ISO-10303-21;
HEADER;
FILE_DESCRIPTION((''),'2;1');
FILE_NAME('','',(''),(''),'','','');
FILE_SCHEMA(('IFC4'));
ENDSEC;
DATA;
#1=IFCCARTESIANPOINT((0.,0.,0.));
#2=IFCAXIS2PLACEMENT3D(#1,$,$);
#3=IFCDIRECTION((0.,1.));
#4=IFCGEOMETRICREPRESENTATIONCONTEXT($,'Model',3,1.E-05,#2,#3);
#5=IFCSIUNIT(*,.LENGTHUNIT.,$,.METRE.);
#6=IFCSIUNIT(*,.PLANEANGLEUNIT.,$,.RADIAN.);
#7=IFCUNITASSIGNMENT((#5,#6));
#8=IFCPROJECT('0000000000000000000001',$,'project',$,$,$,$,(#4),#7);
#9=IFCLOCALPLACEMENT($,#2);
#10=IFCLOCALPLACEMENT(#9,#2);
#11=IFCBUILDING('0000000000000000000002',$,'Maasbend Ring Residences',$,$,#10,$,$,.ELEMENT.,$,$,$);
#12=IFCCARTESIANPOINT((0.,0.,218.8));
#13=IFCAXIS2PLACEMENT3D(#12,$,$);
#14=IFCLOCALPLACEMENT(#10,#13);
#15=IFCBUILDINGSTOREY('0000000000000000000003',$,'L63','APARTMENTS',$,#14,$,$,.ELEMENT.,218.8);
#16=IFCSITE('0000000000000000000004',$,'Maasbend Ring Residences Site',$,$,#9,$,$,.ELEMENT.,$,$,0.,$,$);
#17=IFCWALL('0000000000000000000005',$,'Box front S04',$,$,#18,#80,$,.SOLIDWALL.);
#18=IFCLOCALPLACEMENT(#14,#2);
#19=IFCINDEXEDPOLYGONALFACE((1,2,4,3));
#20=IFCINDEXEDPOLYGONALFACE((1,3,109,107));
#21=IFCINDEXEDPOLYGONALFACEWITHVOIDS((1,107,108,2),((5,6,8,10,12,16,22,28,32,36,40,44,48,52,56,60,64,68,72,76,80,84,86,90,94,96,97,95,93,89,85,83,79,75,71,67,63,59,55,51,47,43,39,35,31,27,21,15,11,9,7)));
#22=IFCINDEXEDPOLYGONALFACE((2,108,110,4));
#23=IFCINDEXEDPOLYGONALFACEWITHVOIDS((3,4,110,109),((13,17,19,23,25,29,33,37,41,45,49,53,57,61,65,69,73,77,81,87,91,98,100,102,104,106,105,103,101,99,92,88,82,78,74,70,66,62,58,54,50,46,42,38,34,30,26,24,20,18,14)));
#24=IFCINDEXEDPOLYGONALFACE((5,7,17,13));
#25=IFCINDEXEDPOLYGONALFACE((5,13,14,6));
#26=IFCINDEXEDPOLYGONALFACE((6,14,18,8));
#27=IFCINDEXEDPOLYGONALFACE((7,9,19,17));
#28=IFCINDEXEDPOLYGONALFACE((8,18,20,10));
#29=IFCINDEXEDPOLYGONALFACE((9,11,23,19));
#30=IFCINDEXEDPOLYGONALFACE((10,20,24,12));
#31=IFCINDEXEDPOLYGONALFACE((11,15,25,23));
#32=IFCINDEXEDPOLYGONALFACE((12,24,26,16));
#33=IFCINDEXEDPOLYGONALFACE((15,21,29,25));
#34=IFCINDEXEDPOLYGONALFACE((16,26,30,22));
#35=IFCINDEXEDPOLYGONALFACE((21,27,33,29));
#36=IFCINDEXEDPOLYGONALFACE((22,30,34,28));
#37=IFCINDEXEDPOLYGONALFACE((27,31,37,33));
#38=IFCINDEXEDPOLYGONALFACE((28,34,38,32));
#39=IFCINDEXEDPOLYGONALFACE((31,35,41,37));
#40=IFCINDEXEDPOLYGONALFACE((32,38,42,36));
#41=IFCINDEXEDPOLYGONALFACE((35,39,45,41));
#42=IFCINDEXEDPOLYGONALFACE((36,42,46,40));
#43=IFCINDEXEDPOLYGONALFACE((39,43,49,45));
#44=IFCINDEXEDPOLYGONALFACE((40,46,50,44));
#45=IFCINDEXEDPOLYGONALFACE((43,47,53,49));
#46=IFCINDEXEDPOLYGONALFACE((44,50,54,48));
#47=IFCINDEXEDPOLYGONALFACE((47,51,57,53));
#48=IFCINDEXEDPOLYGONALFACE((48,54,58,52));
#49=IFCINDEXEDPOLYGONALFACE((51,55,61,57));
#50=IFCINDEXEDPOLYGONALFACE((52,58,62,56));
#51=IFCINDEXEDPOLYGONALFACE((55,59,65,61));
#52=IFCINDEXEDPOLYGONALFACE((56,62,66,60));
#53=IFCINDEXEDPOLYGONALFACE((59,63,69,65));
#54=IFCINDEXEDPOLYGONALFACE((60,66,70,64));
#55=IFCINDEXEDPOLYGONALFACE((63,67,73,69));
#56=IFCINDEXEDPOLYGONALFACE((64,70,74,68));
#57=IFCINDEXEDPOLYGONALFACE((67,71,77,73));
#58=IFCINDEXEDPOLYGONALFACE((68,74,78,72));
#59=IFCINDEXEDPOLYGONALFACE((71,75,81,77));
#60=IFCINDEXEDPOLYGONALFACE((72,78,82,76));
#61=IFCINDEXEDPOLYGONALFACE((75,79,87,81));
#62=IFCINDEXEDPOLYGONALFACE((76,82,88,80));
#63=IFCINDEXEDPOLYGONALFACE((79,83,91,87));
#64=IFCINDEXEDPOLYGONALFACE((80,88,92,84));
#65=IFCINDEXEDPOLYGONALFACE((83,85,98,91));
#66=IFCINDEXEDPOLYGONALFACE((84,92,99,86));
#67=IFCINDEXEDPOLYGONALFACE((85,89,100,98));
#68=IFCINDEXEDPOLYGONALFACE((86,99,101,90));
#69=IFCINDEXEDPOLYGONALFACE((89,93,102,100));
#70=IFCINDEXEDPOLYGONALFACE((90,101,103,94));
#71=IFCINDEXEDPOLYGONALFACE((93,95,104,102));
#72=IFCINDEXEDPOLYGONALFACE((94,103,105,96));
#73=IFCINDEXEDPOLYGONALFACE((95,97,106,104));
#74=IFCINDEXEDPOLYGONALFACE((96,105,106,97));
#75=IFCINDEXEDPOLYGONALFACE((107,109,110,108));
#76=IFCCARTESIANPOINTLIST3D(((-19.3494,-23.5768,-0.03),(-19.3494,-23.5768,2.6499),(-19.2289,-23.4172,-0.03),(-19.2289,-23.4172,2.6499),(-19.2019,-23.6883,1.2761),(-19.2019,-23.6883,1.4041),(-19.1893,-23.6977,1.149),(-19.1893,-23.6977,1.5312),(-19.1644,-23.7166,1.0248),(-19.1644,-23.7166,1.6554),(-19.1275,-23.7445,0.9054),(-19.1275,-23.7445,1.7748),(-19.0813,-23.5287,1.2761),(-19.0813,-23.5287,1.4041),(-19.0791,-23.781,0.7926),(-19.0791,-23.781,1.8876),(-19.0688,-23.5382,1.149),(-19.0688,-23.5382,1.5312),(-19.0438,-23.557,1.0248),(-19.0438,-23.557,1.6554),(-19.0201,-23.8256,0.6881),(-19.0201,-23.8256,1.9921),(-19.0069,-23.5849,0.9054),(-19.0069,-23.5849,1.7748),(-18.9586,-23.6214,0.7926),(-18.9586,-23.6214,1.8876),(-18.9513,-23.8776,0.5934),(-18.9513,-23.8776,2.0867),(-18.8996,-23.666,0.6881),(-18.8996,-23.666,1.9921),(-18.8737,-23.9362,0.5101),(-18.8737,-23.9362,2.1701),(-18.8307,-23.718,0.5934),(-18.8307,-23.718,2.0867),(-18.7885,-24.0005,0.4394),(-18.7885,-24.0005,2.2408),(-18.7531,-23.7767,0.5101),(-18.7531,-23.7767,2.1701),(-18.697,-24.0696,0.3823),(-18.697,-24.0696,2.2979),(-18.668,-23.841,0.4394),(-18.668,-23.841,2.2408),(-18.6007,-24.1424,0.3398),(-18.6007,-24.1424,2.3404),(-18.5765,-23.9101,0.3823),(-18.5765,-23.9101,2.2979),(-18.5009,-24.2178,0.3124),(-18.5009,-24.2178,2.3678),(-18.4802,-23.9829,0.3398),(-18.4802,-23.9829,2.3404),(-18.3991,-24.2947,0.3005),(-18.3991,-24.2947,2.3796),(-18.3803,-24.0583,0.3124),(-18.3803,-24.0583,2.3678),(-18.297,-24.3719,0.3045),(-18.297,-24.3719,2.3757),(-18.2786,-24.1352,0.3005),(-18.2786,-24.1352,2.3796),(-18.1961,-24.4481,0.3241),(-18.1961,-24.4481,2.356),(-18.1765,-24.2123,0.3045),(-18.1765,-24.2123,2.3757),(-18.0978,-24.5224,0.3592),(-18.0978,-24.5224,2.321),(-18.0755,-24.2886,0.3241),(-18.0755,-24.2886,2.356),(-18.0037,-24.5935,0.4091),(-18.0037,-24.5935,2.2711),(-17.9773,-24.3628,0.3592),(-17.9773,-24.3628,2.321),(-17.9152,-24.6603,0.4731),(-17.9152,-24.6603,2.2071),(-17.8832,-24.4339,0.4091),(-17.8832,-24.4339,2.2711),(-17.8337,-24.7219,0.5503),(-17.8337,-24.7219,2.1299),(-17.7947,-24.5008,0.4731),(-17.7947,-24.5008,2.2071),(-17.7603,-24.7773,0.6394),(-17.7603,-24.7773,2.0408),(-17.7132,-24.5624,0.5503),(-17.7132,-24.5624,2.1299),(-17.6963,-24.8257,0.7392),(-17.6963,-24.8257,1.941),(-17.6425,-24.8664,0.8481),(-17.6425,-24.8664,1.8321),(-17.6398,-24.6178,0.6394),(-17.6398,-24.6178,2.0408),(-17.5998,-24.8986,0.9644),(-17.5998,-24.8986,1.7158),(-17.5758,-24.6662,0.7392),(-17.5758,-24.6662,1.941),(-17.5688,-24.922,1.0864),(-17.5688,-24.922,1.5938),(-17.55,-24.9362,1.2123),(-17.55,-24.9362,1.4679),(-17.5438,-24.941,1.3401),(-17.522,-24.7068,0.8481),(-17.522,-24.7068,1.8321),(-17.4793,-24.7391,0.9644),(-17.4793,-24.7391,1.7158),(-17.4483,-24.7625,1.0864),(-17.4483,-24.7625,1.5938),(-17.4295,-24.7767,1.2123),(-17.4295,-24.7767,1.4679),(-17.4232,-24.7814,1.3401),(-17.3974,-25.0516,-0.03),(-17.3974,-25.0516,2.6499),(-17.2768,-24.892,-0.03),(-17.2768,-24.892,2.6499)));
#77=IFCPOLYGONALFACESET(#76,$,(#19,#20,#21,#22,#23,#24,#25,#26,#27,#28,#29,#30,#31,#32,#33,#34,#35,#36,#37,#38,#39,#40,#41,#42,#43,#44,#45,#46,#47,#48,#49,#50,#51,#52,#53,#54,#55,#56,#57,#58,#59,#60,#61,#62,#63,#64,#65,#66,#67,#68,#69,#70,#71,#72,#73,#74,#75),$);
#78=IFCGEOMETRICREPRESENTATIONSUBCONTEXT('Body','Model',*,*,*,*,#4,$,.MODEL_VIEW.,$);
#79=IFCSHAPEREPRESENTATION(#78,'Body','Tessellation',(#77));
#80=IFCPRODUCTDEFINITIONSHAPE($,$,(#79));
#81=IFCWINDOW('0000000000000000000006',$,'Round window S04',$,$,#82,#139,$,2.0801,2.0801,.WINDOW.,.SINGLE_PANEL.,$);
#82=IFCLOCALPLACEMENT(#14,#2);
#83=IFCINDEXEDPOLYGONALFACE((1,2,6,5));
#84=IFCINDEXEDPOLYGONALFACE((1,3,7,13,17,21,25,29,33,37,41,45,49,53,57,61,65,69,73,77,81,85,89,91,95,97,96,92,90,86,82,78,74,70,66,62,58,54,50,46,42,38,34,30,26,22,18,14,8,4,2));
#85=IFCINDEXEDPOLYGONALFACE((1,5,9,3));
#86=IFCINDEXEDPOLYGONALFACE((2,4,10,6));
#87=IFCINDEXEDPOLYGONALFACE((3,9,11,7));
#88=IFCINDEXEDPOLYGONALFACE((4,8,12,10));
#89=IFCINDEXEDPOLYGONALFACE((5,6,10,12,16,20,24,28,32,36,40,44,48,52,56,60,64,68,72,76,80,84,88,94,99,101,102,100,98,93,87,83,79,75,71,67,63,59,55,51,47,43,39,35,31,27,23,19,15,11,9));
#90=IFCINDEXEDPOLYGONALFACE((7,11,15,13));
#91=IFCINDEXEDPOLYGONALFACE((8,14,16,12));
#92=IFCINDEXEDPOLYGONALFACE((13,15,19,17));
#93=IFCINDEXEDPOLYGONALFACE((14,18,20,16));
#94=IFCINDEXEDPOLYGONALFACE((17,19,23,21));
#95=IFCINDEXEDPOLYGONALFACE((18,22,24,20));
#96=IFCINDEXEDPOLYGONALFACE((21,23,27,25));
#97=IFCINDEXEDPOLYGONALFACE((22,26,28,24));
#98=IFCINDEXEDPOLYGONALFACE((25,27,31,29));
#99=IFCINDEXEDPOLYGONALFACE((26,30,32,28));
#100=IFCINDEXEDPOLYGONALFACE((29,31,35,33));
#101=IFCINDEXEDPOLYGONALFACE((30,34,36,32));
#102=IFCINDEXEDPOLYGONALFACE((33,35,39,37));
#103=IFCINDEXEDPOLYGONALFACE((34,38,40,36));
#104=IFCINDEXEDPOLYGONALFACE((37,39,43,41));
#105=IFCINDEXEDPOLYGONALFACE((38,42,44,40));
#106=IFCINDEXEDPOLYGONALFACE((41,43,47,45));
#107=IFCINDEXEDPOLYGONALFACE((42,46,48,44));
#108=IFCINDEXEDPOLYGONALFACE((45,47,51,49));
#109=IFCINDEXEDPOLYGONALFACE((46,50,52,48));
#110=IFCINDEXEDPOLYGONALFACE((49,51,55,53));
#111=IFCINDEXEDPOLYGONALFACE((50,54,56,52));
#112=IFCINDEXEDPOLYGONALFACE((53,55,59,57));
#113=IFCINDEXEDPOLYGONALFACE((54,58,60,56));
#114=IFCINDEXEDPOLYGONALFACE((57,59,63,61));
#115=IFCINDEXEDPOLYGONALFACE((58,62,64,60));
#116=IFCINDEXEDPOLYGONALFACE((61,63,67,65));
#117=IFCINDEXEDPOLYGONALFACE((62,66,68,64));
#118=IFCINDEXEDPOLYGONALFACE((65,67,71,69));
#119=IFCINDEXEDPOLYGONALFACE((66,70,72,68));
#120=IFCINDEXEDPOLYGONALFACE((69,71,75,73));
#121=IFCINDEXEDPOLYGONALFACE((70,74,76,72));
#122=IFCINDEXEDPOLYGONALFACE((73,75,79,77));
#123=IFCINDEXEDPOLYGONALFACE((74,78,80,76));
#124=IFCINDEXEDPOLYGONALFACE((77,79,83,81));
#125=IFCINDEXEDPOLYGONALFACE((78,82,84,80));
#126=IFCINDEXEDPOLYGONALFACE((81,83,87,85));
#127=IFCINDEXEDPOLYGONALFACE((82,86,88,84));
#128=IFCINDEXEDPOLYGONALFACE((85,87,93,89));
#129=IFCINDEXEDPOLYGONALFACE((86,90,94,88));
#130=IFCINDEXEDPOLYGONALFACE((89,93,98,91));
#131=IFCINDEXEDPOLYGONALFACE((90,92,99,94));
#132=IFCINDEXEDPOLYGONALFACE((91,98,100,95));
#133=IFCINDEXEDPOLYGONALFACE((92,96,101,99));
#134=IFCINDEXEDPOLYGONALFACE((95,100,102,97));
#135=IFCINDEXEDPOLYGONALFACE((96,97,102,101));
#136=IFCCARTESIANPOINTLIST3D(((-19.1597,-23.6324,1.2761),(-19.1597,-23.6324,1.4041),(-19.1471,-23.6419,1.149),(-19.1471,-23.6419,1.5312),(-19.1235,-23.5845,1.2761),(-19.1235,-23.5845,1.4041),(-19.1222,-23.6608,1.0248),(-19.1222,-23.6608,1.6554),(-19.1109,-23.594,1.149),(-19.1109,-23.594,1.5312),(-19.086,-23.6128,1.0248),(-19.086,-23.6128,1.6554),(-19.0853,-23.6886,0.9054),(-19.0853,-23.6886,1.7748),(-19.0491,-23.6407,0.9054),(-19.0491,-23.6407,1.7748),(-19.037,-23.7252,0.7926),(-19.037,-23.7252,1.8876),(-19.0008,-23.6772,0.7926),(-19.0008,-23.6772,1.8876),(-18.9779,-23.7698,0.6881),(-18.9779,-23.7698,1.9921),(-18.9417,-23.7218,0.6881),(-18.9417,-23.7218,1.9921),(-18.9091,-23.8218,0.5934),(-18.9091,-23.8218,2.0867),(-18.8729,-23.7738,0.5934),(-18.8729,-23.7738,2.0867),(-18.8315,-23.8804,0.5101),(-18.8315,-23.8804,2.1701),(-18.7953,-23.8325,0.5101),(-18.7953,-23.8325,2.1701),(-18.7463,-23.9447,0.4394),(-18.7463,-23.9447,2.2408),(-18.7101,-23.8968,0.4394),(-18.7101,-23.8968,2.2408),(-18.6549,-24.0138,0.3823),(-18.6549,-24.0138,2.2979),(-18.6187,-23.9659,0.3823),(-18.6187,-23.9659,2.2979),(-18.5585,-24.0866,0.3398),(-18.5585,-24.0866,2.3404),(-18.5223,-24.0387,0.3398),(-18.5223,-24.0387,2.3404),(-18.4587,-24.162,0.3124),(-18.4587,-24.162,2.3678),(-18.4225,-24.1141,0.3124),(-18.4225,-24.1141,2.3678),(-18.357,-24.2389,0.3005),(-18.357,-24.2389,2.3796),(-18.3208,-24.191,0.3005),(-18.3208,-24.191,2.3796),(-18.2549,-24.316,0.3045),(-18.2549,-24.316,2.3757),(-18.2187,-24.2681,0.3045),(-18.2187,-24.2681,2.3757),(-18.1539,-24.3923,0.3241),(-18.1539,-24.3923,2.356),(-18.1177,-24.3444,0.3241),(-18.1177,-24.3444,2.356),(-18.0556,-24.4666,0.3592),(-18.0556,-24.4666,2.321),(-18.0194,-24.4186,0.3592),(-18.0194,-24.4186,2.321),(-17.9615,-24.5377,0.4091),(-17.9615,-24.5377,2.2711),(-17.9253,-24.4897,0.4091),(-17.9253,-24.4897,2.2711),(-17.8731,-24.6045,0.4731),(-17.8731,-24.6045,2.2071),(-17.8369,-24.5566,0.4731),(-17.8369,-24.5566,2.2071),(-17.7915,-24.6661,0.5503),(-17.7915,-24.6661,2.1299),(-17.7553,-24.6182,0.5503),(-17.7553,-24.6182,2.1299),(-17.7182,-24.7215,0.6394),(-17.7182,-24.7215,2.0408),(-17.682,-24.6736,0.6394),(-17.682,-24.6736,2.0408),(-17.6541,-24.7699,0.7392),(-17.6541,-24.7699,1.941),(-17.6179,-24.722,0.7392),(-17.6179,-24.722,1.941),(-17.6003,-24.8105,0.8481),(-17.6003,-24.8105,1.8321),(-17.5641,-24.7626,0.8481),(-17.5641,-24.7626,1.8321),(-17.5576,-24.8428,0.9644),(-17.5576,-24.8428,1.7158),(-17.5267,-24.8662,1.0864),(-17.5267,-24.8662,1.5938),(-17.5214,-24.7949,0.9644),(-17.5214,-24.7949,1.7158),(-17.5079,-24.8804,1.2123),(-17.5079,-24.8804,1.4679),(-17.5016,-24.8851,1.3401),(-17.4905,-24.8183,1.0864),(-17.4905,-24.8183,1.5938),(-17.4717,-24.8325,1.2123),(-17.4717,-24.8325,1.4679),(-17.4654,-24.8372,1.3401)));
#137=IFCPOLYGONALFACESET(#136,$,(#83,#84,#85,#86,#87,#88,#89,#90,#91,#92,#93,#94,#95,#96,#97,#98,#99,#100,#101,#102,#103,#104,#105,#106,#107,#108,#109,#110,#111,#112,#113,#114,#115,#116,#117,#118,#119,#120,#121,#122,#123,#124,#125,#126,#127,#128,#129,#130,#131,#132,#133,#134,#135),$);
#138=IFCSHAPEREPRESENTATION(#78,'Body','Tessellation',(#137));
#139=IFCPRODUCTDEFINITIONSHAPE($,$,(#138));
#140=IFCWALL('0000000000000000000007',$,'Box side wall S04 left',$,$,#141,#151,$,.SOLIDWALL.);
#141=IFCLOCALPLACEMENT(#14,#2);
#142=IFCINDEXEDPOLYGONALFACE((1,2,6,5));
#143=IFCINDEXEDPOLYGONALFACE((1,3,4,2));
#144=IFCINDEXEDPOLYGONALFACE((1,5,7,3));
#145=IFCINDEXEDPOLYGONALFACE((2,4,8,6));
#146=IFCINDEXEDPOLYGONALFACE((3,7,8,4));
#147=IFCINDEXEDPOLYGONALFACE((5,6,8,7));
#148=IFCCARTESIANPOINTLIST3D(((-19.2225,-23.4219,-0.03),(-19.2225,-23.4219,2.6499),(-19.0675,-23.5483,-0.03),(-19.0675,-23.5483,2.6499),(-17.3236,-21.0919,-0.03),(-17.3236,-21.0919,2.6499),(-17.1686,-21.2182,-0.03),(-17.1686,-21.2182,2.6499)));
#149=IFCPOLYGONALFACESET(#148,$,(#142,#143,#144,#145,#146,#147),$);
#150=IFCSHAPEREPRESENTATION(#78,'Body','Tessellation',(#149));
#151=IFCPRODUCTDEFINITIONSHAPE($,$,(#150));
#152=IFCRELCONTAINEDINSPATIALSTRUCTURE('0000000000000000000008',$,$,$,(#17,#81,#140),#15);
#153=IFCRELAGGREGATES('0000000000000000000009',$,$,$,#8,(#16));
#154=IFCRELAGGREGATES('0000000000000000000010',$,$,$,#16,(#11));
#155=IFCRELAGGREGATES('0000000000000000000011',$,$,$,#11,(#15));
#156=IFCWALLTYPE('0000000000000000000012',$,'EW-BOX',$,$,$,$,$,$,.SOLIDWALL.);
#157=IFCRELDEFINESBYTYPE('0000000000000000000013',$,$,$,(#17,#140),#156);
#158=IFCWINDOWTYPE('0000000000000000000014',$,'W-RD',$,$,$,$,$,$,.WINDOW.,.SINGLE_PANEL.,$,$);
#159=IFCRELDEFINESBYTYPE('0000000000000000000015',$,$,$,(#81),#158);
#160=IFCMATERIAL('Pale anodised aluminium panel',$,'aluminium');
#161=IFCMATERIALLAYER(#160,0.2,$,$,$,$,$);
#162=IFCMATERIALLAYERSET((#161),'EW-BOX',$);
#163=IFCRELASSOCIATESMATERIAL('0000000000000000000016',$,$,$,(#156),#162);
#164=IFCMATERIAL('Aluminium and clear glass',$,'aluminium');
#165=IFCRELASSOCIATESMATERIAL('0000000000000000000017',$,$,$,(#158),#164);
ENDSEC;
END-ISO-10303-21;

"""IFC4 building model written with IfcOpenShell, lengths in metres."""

from ifc_helpers import new_model, si_unit, direction, frame, frame_2d, origin, place, context, subcontext, project, spatial, rectangle, circle, extrude, material, layer, layer_set, type_object, element, fill, save


model = new_model("IFC4")

# Units and contexts
model_context = context("Model", 3, precision=1e-05, world=origin(), true_north=direction((0.0, 1.0)))
body_context = subcontext(model_context, "Body", "Model", "MODEL_VIEW")
ifc_project = project(units=[si_unit("LENGTHUNIT", "METRE"), si_unit("PLANEANGLEUNIT", "RADIAN")], contexts=[model_context])

# Site, building, storey
site_placement = place(None, origin())
site = spatial("IfcSite", under=ifc_project, at=site_placement, Name="Maasbend Ring Residences Site", CompositionType="ELEMENT", RefElevation=0.0)
building_placement = place(site_placement, origin())
building = spatial("IfcBuilding", under=site, at=building_placement, Name="Maasbend Ring Residences", CompositionType="ELEMENT")
storey_placement = place(building_placement, frame((0.0, 0.0, 218.8)))
storey = spatial("IfcBuildingStorey", under=building, at=storey_placement, Name="L63", Description="APARTMENTS", CompositionType="ELEMENT", Elevation=218.8)

# Shared definitions
ifc_material_1 = material(Name="Pale anodised aluminium panel", Category="aluminium")
ifc_layer_1 = layer(ifc_material_1, 0.2)
ifc_layer_set_1 = layer_set([ifc_layer_1], Name="EW-BOX")
wall_type_1 = type_object("IfcWallType", Name="EW-BOX", PredefinedType="SOLIDWALL", material=ifc_layer_set_1)
ifc_material_2 = material(Name="Aluminium and clear glass", Category="aluminium")
window_type_1 = type_object("IfcWindowType", Name="W-RD", PartitioningType="SINGLE_PANEL", PredefinedType="WINDOW", material=ifc_material_2)

# Wall, opening, window
wall_1_placement = place(storey_placement, frame((-19.2891, -23.4971, -0.03), z_axis=(0.0, 0.0, 1.0), x_axis=(0.797888, -0.602806, 0.0)))
wall_1 = element("IfcWall", 1, at=wall_1_placement, inside=storey, type_object=wall_type_1, Name="Box front S04", PredefinedType="SOLIDWALL", context=body_context, shape_type="SweptSolid", body=[
    extrude(rectangle(XDim=2.4465, YDim=0.2, at=frame_2d((1.2231, 0.0))), origin(), (0.0, 0.0, 1.0), 2.6799),
])
opening_1_placement = place(wall_1_placement, frame((0.1829, 0.0, 0.3301)))
opening_1 = element("IfcOpeningElement", 2, at=opening_1_placement, cuts=wall_1, PredefinedType="OPENING", context=body_context, shape_type="SweptSolid", body=[
    extrude(circle(Radius=1.04, at=frame_2d((1.04, 1.04))), frame((0.0, 0.1099, 0.0), z_axis=(0.0, -1.0, 0.0), x_axis=(1.0, 0.0, 0.0)), (0.0, 0.0, 1.0), 0.22),
])
window_1_placement = place(opening_1_placement, origin())
window_1 = element("IfcWindow", 3, at=window_1_placement, inside=storey, type_object=window_type_1, Name="Round window S04", OverallHeight=2.0801, OverallWidth=2.0801, PartitioningType="SINGLE_PANEL", PredefinedType="WINDOW", context=body_context, shape_type="SweptSolid", body=[
    extrude(circle(Radius=1.04, at=frame_2d((1.04, 1.04))), frame((0.0, 0.03, 0.0), z_axis=(0.0, -1.0, 0.0), x_axis=(1.0, 0.0, 0.0)), (0.0, 0.0, 1.0), 0.0601),
])
fill(opening_1, window_1)

# Wall
wall_2_placement = place(storey_placement, frame((-17.2461, -21.155, -0.03), z_axis=(0.0, 0.0, 1.0), x_axis=(-0.631742, -0.775179, 0.0)))
element("IfcWall", 4, at=wall_2_placement, inside=storey, type_object=wall_type_1, Name="Box side wall S04 left", PredefinedType="SOLIDWALL", context=body_context, shape_type="SweptSolid", body=[
    extrude(rectangle(XDim=3.0059, YDim=0.2, at=frame_2d((1.5029, 0.0))), origin(), (0.0, 0.0, 1.0), 2.6799),
])

save(model, "model.ifc")
